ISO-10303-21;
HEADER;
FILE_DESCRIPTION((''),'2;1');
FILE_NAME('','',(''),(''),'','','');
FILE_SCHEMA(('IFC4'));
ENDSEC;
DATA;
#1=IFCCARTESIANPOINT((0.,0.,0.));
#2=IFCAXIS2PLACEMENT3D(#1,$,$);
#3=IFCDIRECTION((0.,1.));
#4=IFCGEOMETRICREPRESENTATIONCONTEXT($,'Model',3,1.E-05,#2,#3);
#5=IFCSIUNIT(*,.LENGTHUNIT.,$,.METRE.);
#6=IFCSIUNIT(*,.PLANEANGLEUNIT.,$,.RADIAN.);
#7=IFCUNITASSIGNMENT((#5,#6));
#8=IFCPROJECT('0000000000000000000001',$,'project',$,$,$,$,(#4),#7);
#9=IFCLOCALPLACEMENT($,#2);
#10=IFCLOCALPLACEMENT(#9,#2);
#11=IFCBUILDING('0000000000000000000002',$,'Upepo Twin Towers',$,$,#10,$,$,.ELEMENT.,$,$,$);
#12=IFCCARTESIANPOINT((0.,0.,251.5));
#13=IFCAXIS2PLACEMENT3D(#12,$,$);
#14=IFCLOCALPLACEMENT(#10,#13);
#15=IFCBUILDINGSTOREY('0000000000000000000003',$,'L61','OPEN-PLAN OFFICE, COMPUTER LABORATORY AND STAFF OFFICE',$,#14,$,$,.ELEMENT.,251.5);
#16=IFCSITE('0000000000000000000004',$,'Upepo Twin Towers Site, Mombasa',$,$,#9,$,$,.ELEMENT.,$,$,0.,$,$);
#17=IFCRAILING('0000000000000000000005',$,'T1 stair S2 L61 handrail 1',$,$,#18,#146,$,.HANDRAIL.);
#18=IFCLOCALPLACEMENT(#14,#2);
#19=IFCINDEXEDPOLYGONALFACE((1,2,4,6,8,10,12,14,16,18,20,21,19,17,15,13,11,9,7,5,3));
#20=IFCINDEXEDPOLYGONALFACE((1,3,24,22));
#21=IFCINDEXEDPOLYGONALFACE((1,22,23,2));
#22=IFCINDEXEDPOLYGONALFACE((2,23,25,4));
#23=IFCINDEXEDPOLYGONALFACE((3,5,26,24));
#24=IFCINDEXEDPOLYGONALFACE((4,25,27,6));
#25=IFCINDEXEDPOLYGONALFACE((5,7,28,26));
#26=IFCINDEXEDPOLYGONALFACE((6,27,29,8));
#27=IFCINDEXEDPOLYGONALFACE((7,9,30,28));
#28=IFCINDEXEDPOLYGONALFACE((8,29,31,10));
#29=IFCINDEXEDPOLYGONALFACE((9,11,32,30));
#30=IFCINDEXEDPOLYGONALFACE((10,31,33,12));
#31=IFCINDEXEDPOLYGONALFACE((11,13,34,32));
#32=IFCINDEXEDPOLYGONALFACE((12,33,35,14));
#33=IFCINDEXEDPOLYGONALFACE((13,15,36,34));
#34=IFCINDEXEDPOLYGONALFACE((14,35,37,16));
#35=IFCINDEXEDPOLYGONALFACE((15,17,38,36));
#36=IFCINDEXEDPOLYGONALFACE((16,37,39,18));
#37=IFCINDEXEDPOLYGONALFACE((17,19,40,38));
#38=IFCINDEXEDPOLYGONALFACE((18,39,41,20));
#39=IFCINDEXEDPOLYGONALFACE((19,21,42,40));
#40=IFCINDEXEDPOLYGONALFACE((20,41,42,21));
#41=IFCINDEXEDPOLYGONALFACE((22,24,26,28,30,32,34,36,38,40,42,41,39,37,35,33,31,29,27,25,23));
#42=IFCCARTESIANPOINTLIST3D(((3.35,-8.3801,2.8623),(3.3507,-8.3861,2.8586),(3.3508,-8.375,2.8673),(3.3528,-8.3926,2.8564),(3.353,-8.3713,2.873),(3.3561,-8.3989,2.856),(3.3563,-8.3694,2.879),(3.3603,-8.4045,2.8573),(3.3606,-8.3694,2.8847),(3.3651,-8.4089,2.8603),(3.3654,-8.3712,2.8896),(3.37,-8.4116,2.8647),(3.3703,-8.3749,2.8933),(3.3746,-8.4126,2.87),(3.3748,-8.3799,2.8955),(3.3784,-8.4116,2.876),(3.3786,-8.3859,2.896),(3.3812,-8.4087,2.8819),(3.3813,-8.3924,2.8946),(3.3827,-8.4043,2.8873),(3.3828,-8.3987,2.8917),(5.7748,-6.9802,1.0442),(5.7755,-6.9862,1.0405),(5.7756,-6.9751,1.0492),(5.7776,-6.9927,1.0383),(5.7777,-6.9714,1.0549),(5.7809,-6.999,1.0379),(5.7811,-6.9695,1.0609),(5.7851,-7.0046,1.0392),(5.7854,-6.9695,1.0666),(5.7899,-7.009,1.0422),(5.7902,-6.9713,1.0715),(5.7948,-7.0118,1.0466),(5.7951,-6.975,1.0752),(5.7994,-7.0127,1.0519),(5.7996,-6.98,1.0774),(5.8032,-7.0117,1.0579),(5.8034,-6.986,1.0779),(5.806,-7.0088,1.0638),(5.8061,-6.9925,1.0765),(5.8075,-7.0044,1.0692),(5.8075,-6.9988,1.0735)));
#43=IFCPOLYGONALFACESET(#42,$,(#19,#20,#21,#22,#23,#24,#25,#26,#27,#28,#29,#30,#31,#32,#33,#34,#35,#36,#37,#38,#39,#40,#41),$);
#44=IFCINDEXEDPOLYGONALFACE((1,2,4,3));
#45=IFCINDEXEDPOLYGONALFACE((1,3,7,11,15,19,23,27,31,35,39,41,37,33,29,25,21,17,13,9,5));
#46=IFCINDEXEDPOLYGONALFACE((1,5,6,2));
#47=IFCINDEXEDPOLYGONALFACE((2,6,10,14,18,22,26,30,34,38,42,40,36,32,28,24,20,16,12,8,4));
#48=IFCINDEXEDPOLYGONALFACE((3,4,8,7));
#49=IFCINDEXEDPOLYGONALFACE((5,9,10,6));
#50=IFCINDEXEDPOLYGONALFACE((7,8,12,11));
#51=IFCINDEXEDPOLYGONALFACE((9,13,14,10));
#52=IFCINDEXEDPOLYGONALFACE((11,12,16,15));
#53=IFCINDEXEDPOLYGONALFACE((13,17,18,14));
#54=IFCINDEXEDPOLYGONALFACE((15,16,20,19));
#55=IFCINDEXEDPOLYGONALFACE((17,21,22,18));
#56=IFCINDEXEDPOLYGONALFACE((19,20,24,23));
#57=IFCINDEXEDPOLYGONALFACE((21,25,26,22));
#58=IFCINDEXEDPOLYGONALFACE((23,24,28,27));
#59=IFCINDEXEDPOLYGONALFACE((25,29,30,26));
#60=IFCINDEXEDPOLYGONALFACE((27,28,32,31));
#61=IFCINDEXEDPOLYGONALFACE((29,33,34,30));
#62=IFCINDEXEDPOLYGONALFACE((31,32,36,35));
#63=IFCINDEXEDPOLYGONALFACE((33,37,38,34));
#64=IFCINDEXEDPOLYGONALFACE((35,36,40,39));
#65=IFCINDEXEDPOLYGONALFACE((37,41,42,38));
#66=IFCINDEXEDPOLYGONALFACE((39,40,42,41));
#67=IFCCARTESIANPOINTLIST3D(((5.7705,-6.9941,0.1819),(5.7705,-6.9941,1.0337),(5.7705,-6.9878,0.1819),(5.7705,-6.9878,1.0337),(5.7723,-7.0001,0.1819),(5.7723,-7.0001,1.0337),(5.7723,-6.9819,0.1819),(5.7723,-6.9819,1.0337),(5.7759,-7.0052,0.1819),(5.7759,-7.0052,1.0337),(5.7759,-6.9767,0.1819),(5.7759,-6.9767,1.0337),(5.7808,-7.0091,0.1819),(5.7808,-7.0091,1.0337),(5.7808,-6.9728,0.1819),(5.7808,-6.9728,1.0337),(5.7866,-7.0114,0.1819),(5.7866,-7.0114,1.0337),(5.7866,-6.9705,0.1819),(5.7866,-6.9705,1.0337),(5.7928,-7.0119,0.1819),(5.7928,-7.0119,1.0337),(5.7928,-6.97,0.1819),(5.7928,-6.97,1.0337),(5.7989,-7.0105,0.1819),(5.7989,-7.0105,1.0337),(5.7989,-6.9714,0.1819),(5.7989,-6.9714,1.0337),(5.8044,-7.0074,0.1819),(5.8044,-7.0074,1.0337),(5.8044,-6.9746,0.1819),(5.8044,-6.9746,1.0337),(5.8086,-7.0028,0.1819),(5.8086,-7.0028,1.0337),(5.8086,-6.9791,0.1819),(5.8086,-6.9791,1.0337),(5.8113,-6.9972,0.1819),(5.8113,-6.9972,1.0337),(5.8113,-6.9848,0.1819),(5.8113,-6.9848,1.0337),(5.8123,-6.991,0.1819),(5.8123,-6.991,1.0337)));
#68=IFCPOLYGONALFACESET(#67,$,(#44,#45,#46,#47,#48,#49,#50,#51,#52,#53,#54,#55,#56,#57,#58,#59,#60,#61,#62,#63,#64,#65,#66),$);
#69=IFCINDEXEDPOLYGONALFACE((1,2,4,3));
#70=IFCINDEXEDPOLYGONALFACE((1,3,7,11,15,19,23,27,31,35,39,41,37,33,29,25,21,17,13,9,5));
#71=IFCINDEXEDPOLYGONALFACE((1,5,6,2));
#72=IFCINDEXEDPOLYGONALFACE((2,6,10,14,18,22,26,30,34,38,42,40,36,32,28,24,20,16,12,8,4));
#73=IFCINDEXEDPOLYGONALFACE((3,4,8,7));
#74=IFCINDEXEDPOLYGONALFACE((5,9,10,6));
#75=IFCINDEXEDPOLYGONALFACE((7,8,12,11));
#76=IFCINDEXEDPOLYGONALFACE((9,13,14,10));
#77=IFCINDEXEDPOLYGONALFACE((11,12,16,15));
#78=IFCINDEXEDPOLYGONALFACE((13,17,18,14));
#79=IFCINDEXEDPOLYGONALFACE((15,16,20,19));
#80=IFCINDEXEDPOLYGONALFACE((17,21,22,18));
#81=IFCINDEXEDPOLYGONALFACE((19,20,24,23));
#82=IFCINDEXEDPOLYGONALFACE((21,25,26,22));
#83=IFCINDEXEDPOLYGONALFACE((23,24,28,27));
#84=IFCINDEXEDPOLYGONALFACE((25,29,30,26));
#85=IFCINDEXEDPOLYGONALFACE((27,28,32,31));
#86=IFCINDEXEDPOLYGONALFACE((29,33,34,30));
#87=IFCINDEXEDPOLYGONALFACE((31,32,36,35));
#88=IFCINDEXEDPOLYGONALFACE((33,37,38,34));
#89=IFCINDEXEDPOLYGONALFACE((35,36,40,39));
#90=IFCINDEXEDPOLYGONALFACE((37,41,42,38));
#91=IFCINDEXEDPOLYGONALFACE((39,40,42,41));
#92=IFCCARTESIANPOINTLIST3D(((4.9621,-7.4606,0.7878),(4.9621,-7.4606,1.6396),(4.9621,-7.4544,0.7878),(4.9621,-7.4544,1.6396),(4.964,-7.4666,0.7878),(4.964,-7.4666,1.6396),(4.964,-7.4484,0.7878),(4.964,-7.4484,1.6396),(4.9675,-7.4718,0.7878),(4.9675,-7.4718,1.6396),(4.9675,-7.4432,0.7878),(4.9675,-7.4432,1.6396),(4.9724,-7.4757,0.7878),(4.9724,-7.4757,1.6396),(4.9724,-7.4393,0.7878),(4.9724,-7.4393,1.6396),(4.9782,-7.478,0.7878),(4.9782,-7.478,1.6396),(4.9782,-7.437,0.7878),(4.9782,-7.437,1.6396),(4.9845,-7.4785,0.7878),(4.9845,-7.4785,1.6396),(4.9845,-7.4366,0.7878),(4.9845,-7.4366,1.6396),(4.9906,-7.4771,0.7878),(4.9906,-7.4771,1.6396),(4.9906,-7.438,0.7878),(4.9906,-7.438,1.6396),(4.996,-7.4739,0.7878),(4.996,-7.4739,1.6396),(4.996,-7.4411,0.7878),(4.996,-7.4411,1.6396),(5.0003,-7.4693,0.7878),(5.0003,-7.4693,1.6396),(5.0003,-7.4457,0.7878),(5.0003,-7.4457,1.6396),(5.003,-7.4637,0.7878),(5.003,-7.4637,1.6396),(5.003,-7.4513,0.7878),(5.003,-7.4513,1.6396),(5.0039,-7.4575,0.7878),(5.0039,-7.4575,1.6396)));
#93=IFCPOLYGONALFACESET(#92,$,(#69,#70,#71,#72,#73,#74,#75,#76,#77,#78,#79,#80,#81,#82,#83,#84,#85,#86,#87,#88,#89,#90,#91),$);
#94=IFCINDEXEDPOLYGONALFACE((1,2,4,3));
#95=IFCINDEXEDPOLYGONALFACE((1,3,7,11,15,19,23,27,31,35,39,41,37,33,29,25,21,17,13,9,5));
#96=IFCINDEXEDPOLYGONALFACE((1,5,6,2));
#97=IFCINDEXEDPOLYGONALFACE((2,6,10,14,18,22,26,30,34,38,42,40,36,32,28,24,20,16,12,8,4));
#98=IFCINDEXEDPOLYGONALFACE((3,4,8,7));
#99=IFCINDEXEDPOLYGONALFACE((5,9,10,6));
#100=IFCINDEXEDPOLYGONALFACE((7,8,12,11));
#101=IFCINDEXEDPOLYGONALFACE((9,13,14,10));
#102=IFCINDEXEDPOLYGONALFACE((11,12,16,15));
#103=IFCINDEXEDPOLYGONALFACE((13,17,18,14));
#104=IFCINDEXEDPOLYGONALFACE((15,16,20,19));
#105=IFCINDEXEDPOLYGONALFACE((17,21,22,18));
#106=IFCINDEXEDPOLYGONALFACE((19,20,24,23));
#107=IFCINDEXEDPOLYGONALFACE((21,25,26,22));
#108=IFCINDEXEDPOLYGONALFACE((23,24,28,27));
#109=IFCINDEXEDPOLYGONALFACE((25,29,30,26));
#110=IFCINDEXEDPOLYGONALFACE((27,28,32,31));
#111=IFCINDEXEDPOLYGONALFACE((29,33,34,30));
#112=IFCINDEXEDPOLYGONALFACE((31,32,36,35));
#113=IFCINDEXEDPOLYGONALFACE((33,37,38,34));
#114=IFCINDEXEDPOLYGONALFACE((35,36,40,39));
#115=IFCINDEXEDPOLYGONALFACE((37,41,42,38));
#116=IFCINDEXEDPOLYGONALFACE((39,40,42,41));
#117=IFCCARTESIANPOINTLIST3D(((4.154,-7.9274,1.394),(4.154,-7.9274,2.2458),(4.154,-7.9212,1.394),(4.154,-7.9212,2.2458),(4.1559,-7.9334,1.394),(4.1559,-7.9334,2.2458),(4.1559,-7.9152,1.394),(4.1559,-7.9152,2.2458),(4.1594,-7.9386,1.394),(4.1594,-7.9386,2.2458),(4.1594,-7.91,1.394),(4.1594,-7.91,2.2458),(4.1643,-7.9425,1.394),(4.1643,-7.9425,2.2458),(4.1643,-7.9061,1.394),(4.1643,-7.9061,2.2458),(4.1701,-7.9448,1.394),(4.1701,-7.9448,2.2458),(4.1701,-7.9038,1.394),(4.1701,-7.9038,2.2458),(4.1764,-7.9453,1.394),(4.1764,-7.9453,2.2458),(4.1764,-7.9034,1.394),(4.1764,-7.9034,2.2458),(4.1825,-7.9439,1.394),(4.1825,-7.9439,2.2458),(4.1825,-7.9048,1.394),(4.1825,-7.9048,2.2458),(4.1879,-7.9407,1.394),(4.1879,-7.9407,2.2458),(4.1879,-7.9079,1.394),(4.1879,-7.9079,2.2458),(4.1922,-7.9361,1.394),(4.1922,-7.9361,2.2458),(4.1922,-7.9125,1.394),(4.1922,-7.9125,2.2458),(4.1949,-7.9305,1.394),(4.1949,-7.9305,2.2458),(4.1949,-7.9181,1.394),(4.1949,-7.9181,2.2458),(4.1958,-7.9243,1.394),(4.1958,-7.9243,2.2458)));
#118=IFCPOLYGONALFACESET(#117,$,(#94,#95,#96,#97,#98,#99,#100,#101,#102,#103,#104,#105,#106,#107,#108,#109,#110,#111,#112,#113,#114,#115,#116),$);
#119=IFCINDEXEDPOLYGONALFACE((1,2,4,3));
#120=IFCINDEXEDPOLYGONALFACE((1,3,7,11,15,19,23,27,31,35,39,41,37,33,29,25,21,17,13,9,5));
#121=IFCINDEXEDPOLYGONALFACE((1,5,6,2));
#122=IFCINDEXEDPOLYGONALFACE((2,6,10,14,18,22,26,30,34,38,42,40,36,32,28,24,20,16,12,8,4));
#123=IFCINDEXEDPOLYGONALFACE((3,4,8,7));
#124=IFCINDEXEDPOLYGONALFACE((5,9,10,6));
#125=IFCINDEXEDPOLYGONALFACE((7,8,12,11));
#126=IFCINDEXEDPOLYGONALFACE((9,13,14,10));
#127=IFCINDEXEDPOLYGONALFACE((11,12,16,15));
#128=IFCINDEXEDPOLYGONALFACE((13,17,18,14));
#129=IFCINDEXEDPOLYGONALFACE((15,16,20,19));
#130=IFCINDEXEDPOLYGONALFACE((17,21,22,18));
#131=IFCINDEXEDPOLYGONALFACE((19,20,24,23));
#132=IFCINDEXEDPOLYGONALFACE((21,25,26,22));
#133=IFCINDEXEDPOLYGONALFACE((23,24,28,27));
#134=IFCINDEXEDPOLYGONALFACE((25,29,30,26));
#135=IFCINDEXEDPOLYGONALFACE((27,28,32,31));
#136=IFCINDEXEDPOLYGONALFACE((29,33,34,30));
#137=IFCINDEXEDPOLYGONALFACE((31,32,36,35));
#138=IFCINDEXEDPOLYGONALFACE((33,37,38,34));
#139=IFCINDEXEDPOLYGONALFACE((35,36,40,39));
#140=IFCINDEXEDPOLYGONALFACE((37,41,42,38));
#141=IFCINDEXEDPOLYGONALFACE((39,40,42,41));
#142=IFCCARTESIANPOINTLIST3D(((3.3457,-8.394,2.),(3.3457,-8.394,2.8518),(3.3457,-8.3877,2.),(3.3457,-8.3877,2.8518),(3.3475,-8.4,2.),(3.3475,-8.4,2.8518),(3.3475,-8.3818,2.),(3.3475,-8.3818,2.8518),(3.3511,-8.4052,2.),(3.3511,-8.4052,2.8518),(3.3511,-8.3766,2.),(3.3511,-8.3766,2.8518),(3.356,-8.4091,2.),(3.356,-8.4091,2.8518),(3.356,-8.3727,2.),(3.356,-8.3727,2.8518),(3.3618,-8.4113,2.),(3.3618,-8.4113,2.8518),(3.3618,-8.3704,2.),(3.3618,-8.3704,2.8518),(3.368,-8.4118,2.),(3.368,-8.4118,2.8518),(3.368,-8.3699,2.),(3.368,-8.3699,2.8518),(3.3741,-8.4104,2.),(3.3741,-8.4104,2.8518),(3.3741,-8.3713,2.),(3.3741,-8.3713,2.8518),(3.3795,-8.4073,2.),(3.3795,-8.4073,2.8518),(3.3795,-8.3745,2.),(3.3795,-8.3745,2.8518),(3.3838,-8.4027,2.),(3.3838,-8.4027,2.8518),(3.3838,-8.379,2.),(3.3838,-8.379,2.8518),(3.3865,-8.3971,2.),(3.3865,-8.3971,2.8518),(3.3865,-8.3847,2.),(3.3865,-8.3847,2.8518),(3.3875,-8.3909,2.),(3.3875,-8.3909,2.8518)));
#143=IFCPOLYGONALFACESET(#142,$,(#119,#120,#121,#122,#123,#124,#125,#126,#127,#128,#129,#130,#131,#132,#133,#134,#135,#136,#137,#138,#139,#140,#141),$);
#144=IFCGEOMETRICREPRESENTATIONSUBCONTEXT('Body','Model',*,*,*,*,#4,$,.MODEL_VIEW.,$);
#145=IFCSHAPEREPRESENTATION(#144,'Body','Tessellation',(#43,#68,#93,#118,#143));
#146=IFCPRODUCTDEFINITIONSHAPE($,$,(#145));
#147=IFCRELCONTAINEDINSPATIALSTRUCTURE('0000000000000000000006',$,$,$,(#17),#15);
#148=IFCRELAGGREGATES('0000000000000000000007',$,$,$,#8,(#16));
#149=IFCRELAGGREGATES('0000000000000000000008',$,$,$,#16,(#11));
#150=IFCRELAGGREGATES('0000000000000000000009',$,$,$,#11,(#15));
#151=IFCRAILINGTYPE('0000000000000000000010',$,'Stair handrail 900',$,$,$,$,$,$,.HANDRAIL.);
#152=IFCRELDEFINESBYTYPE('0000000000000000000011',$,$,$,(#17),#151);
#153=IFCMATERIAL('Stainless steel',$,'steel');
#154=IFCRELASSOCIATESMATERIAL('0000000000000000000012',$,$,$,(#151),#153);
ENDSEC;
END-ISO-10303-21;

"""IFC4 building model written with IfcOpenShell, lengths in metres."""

from ifc_helpers import new_model, si_unit, direction, frame, origin, origin_2d, place, context, subcontext, project, spatial, circle, extrude, material, type_object, element, save


model = new_model("IFC4")

# Units and contexts
model_context = context("Model", 3, precision=1e-05, world=origin(), true_north=direction((0.0, 1.0)))
body_context = subcontext(model_context, "Body", "Model", "MODEL_VIEW")
ifc_project = project(units=[si_unit("LENGTHUNIT", "METRE"), si_unit("PLANEANGLEUNIT", "RADIAN")], contexts=[model_context])

# Site, building, storey
site_placement = place(None, origin())
site = spatial("IfcSite", under=ifc_project, at=site_placement, Name="Upepo Twin Towers Site, Mombasa", CompositionType="ELEMENT", RefElevation=0.0)
building_placement = place(site_placement, origin())
building = spatial("IfcBuilding", under=site, at=building_placement, Name="Upepo Twin Towers", CompositionType="ELEMENT")
storey_placement = place(building_placement, frame((0.0, 0.0, 251.5)))
storey = spatial("IfcBuildingStorey", under=building, at=storey_placement, Name="L61", Description="OPEN-PLAN OFFICE, COMPUTER LABORATORY AND STAFF OFFICE", CompositionType="ELEMENT", Elevation=251.5)

# Railing
ifc_material_1 = material(Name="Stainless steel", Category="steel")
railing_type = type_object("IfcRailingType", Name="Stair handrail 900", PredefinedType="HANDRAIL", material=ifc_material_1)
railing_1_placement = place(storey_placement, frame((5.7913, -6.991, 0.1819)))
element("IfcRailing", 1, at=railing_1_placement, inside=storey, type_object=railing_type, Name="T1 stair S2 L61 handrail 1", PredefinedType="HANDRAIL", context=body_context, shape_type="SweptSolid", body=[
    extrude(circle(Radius=0.0239, at=origin_2d()), frame((0.0, 0.0, 0.876), z_axis=(-0.726336, -0.419333, 0.544606), x_axis=(0.499984, -0.866035, 0.0)), (0.0, 0.0, 1.0), 3.3384),
    extrude(circle(Radius=0.021, at=origin_2d()), origin(), (0.0, 0.0, 1.0), 0.8518),
    extrude(circle(Radius=0.021, at=origin_2d()), frame((-0.8083, -0.4666, 0.606)), (0.0, 0.0, 1.0), 0.8518),
    extrude(circle(Radius=0.021, at=origin_2d()), frame((-1.6165, -0.9333, 1.2122)), (0.0, 0.0, 1.0), 0.8518),
    extrude(circle(Radius=0.021, at=origin_2d()), frame((-2.4248, -1.3999, 1.8181)), (0.0, 0.0, 1.0), 0.8518),
])

save(model, "model.ifc")
